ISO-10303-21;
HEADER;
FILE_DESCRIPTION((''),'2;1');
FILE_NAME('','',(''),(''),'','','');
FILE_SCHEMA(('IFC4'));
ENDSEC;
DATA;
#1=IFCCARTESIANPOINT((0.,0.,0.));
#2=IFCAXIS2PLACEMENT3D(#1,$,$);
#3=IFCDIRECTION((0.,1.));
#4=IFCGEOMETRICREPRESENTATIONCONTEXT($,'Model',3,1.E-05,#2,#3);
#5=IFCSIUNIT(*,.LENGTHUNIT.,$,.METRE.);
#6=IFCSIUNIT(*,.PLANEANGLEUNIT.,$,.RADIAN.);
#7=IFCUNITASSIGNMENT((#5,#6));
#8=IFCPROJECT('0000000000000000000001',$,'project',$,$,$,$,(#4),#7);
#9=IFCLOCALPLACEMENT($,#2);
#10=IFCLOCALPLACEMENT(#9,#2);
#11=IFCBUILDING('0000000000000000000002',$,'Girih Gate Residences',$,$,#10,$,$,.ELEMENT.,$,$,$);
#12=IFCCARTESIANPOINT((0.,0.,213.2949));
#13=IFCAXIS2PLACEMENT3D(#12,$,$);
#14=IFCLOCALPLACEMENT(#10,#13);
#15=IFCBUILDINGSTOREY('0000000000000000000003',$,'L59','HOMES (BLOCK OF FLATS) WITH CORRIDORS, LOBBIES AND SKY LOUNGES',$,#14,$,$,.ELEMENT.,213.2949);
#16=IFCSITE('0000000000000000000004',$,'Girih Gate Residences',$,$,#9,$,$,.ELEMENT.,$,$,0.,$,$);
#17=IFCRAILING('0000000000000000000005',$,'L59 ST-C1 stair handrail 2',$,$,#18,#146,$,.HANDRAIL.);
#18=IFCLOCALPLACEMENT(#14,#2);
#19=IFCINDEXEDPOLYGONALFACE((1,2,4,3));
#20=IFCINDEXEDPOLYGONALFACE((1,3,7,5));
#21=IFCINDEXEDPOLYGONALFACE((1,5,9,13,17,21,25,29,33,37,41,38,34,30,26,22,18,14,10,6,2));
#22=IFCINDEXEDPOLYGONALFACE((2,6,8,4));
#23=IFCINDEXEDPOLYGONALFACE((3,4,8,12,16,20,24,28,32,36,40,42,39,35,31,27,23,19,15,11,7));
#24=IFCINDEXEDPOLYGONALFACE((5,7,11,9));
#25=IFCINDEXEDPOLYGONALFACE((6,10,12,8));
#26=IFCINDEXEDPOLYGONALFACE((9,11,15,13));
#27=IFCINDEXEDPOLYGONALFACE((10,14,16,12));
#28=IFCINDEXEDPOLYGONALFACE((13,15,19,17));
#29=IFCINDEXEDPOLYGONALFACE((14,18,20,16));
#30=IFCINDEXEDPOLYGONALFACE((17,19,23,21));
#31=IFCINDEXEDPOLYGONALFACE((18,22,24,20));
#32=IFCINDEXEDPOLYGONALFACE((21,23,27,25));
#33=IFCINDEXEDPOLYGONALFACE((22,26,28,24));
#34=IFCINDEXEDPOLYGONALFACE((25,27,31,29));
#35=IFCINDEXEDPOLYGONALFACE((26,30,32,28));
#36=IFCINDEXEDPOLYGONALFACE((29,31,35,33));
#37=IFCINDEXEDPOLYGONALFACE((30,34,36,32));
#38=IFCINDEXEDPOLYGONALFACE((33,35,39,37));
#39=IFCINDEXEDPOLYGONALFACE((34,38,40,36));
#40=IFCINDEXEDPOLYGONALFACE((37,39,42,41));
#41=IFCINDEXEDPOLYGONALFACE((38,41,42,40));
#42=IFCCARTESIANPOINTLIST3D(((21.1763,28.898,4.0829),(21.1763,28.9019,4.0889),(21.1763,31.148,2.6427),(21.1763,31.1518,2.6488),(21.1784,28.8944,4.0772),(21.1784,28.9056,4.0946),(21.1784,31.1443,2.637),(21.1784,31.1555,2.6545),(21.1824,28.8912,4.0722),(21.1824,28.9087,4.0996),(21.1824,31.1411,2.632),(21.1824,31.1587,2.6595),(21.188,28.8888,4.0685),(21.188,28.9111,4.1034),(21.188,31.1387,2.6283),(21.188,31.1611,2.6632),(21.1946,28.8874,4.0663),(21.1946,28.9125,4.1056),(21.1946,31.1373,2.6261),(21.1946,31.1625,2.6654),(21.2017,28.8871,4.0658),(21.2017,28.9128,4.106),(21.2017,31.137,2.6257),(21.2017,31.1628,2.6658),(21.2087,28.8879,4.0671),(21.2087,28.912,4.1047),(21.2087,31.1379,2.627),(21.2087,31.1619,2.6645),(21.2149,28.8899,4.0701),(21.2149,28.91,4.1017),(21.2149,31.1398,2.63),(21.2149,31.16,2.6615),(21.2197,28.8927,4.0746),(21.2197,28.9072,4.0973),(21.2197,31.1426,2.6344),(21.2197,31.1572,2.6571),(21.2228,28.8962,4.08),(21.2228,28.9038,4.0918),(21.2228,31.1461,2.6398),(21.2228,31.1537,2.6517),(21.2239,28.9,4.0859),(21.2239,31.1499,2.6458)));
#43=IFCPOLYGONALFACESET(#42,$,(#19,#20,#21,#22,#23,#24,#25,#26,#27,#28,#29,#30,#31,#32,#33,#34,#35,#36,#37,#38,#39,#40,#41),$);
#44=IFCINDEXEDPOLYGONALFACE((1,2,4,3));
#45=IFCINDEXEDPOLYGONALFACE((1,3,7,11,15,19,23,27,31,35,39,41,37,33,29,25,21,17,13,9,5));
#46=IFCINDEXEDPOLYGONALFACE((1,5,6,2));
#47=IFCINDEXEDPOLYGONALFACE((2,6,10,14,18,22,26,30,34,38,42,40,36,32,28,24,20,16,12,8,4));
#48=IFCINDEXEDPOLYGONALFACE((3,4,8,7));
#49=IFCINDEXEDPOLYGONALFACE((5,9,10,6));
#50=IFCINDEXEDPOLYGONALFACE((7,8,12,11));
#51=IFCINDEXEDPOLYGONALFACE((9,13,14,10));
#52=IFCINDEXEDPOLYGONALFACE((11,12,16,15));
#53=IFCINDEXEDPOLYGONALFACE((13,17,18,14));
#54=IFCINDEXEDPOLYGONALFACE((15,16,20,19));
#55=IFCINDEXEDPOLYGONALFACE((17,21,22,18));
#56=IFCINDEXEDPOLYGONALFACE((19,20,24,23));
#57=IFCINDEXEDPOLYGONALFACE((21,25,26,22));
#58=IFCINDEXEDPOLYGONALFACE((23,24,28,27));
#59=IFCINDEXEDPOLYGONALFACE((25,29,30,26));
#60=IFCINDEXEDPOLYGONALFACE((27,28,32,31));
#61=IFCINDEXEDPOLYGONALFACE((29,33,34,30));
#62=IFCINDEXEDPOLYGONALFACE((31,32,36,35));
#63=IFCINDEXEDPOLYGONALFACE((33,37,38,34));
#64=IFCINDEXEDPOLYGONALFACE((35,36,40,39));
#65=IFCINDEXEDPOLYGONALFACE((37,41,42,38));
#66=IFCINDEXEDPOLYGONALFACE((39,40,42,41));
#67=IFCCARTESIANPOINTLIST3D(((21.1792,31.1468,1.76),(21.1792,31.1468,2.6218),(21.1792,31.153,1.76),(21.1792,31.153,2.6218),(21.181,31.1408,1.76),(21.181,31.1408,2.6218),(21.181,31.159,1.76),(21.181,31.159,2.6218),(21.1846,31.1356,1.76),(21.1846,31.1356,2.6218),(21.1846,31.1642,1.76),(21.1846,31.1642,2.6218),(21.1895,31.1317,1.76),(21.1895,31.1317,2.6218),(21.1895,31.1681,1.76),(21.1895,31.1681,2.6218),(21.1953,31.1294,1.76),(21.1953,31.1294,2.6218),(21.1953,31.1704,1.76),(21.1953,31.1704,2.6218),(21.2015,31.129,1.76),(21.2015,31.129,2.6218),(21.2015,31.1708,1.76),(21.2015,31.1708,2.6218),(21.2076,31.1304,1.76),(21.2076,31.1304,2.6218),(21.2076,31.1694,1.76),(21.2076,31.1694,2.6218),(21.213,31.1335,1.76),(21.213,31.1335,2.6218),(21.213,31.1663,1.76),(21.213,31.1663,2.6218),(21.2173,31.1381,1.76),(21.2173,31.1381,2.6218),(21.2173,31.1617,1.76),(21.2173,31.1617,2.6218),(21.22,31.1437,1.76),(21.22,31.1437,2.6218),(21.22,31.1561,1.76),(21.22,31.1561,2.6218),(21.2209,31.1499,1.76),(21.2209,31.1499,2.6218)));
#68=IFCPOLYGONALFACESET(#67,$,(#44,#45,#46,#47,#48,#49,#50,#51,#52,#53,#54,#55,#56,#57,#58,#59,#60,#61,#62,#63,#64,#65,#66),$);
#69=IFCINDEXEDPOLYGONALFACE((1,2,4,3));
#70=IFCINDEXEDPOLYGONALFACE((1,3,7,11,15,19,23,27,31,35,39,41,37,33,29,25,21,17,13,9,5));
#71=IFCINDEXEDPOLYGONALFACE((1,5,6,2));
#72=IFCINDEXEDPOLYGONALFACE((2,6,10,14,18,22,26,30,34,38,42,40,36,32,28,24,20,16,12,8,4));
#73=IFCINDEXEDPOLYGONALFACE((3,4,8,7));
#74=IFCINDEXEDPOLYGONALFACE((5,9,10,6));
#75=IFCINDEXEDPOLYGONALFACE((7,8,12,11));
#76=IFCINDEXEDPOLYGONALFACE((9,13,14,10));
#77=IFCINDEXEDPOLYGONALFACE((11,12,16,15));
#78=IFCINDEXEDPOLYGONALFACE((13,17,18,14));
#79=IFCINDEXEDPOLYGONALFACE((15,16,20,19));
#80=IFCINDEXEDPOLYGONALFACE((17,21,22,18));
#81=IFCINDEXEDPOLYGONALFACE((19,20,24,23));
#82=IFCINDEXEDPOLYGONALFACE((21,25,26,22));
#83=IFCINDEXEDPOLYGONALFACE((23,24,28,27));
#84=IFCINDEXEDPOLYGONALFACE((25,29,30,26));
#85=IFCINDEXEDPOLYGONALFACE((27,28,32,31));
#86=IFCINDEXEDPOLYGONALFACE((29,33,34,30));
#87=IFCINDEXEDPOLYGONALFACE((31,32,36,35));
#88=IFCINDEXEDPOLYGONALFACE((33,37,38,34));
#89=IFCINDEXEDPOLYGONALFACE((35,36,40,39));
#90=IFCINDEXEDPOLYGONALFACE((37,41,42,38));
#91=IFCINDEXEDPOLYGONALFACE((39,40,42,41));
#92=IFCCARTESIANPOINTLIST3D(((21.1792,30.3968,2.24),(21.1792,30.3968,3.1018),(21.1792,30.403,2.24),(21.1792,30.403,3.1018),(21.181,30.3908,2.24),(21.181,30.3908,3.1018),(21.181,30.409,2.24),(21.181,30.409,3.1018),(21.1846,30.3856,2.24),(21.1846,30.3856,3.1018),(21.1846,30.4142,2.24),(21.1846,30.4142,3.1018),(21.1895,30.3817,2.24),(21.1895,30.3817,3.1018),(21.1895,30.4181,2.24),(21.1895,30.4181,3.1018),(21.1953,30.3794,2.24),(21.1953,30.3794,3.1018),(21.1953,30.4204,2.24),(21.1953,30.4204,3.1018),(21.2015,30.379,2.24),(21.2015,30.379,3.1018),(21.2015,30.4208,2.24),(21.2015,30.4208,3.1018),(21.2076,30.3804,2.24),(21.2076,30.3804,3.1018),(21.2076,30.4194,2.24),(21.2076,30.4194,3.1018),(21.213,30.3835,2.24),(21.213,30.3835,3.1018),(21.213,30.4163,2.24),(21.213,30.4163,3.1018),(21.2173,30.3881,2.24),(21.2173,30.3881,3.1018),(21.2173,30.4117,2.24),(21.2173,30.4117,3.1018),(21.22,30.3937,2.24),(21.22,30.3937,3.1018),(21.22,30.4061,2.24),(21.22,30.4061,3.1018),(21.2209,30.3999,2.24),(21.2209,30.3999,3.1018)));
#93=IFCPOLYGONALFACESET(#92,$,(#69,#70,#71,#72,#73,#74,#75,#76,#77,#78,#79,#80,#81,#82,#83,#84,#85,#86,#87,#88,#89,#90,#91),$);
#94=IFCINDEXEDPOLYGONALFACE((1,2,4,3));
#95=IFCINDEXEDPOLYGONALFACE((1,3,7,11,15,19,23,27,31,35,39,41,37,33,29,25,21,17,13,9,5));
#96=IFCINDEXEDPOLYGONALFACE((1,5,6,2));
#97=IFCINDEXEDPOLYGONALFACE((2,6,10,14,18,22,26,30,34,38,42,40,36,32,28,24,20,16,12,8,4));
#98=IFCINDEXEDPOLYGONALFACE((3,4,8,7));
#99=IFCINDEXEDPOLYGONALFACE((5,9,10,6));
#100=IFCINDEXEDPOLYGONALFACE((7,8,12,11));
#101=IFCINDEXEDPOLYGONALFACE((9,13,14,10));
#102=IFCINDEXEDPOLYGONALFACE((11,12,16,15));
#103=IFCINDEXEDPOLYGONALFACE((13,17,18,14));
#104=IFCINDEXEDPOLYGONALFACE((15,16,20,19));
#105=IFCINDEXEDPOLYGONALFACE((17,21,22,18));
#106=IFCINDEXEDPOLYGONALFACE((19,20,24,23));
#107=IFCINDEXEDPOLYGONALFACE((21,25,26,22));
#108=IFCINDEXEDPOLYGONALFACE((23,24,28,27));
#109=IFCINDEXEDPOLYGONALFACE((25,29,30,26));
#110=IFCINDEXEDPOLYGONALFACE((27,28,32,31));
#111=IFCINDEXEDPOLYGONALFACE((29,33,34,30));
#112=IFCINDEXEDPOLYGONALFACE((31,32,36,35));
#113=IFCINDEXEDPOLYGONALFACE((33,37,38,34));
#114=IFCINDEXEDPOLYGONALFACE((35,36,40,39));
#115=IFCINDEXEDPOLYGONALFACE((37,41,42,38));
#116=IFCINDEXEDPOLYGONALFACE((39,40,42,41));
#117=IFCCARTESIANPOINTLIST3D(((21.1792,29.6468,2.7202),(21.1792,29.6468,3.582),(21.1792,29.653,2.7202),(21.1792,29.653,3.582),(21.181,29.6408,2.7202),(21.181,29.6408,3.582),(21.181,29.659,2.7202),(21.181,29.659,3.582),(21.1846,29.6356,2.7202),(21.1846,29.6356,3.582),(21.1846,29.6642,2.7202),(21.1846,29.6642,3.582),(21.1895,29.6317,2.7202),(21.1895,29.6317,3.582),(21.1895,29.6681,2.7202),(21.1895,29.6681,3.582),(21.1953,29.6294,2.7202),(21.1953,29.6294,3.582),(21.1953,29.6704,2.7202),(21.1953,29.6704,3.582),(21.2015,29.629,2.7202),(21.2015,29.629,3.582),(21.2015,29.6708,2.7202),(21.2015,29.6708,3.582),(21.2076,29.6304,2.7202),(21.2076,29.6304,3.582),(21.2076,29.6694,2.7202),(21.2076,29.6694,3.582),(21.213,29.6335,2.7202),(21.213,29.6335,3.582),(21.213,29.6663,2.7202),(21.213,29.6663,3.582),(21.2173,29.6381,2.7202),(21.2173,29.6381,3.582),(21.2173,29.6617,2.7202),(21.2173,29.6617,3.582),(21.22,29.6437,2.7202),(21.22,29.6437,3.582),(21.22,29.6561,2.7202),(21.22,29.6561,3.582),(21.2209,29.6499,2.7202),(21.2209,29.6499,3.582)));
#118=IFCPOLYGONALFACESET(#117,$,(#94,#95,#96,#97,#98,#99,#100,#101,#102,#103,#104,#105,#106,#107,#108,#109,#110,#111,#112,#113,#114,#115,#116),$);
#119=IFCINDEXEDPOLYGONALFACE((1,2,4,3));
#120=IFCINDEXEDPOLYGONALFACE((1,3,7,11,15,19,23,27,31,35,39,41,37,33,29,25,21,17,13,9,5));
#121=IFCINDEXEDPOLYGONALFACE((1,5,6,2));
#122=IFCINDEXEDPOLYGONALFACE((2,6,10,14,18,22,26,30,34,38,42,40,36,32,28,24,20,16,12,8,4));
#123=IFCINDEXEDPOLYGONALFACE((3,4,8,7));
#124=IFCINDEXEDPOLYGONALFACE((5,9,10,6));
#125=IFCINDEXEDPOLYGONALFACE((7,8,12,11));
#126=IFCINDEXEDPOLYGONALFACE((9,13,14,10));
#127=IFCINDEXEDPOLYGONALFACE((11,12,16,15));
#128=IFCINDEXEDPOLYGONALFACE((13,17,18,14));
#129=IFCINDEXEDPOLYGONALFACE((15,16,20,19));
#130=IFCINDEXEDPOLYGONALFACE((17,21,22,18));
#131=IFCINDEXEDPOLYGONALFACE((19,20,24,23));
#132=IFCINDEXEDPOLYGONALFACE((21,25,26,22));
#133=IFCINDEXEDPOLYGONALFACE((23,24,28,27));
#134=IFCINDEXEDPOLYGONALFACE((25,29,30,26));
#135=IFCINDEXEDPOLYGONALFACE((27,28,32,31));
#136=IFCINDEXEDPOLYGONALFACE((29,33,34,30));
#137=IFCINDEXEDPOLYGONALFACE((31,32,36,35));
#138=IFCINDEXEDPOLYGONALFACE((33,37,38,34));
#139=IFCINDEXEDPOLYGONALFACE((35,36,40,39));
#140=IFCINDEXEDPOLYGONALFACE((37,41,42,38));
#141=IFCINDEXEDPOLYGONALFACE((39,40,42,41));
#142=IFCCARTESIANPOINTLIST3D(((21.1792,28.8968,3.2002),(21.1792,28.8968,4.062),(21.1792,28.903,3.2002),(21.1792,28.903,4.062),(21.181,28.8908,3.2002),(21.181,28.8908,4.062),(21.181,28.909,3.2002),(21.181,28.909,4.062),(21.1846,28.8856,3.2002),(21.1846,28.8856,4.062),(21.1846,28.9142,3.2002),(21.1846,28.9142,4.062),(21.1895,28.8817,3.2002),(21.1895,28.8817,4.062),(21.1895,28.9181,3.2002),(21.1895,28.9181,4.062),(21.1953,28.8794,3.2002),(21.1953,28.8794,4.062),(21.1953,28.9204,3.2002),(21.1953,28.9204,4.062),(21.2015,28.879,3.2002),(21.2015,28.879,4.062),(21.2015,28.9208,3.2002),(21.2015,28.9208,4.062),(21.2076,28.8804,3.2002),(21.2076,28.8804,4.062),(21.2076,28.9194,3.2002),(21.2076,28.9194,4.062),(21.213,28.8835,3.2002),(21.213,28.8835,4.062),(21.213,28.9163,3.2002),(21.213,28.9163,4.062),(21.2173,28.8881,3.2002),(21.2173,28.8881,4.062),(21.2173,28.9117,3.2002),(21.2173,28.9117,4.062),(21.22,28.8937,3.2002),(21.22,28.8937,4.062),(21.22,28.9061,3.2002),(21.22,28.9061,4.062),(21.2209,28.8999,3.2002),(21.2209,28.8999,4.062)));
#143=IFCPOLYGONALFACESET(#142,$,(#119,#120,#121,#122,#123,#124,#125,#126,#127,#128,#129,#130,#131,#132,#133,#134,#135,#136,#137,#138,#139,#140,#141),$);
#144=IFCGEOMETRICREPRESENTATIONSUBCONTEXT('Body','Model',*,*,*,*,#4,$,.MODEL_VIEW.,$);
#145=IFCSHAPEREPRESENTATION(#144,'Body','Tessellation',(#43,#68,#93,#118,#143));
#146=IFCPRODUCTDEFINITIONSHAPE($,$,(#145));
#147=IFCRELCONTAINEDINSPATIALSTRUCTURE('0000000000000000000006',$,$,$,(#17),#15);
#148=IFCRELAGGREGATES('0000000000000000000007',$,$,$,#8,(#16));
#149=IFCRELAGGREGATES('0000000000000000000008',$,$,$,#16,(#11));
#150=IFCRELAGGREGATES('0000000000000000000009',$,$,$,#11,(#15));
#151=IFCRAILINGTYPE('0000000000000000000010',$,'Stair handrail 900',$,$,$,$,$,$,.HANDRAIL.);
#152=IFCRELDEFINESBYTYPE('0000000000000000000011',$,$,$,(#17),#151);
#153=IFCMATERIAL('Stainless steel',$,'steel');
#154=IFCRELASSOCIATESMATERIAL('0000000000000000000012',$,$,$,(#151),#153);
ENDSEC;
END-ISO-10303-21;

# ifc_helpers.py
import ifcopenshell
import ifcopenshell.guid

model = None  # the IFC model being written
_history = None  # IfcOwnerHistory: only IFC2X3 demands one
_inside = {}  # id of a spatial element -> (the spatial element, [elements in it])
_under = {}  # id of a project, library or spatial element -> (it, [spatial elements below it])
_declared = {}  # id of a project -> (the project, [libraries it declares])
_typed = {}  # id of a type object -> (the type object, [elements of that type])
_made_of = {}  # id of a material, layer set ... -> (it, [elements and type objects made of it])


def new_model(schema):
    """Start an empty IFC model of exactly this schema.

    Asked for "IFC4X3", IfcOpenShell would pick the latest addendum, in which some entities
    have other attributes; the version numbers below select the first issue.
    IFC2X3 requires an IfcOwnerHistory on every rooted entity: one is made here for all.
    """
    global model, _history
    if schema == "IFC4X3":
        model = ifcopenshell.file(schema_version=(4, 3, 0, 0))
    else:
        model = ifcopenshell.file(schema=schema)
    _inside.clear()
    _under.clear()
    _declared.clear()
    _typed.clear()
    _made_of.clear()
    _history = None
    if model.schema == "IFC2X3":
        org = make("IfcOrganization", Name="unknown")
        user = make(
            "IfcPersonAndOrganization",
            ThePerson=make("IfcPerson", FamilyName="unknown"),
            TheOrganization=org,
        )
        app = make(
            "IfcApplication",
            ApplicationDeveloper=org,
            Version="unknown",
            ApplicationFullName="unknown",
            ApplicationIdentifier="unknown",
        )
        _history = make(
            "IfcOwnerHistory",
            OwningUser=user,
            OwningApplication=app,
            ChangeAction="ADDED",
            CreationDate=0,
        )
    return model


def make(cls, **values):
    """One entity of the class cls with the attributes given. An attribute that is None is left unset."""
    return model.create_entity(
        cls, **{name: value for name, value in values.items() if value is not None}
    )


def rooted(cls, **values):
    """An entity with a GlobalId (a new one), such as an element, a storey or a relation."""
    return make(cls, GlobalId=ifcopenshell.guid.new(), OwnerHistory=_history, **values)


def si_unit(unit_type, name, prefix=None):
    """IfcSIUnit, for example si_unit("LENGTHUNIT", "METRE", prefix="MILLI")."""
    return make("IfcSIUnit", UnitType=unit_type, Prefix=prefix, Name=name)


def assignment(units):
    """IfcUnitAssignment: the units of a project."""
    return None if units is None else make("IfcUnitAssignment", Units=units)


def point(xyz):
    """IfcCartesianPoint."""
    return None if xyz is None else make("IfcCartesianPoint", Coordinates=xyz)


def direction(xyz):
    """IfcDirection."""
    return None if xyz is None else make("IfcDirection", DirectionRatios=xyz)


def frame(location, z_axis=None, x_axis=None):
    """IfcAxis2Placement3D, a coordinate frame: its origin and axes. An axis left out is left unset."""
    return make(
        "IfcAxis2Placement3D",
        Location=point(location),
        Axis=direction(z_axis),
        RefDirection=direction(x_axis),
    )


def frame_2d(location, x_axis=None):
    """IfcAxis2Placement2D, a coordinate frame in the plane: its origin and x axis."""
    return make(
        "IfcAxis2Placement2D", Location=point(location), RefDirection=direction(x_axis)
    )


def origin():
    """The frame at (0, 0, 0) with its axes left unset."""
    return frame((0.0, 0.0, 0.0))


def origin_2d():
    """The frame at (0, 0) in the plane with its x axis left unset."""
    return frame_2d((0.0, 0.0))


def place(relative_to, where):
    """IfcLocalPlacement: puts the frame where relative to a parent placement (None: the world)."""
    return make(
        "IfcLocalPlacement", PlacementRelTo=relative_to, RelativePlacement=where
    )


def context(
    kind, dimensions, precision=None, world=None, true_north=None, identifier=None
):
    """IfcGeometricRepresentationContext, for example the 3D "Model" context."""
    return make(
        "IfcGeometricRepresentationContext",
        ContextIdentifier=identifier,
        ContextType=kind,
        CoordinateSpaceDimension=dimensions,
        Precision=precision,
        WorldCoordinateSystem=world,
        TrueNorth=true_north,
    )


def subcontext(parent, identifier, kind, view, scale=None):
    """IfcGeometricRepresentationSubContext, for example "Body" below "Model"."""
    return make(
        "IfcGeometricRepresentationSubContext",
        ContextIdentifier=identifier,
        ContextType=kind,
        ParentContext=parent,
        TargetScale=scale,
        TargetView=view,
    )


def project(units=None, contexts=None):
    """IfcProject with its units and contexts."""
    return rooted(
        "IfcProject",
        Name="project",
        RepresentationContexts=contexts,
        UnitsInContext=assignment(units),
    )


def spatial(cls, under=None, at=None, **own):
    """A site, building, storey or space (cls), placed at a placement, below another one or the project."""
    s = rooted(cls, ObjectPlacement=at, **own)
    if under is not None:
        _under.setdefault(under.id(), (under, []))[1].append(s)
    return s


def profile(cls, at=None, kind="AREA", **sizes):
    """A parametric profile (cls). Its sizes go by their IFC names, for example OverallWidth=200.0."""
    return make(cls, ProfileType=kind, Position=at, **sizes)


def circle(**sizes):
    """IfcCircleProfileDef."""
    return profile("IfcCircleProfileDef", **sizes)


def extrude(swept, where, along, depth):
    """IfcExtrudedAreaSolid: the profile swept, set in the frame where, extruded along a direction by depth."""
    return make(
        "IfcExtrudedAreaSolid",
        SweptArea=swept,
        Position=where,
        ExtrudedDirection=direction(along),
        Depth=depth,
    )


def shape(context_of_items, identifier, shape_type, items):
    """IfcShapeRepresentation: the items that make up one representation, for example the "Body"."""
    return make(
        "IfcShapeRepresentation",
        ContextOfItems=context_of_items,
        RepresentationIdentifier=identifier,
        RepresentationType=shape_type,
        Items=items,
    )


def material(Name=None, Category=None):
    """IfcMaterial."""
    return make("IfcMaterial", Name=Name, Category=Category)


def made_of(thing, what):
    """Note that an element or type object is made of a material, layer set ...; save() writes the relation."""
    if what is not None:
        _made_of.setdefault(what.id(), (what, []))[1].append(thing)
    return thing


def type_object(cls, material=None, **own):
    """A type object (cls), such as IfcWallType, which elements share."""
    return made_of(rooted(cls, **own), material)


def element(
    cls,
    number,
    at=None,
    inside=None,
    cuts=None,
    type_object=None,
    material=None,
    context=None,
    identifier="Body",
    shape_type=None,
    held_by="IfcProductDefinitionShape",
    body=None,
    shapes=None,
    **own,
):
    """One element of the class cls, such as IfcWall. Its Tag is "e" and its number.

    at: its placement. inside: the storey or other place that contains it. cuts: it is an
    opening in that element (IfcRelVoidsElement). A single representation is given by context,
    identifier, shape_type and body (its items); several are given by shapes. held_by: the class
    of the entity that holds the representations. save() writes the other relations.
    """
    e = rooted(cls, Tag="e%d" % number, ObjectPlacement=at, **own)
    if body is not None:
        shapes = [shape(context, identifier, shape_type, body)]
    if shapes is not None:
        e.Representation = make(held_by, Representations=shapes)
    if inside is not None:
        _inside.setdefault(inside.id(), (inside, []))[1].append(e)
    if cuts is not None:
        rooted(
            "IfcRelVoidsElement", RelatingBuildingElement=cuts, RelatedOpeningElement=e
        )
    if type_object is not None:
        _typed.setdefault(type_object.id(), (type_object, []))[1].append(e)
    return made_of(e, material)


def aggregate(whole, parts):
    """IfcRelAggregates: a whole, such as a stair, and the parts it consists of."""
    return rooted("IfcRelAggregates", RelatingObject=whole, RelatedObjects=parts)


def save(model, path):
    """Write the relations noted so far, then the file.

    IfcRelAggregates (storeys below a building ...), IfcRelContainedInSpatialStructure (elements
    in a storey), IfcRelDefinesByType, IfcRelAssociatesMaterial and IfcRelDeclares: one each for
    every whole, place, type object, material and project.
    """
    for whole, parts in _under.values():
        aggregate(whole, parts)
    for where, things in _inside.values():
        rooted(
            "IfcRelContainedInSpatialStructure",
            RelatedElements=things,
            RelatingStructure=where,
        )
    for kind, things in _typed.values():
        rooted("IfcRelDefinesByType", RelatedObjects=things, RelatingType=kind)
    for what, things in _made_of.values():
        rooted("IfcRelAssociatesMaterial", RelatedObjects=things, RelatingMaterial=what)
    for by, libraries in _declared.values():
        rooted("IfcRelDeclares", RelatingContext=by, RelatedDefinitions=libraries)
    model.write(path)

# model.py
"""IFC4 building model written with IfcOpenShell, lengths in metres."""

from ifc_helpers import new_model, si_unit, direction, frame, origin, origin_2d, place, context, subcontext, project, spatial, circle, extrude, material, type_object, element, save


model = new_model("IFC4")

# Units and contexts
model_context = context("Model", 3, precision=1e-05, world=origin(), true_north=direction((0.0, 1.0)))
body_context = subcontext(model_context, "Body", "Model", "MODEL_VIEW")
ifc_project = project(units=[si_unit("LENGTHUNIT", "METRE"), si_unit("PLANEANGLEUNIT", "RADIAN")], contexts=[model_context])

# Site, building, storey
site_placement = place(None, origin())
site = spatial("IfcSite", under=ifc_project, at=site_placement, Name="Girih Gate Residences", CompositionType="ELEMENT", RefElevation=0.0)
building_placement = place(site_placement, origin())
building = spatial("IfcBuilding", under=site, at=building_placement, Name="Girih Gate Residences", CompositionType="ELEMENT")
storey_placement = place(building_placement, frame((0.0, 0.0, 213.2949)))
storey = spatial("IfcBuildingStorey", under=building, at=storey_placement, Name="L59", Description="HOMES (BLOCK OF FLATS) WITH CORRIDORS, LOBBIES AND SKY LOUNGES", CompositionType="ELEMENT", Elevation=213.2949)

# Railing
ifc_material_1 = material(Name="Stainless steel", Category="steel")
railing_type_1 = type_object("IfcRailingType", Name="Stair handrail 900", PredefinedType="HANDRAIL", material=ifc_material_1)
railing_1_placement = place(storey_placement, frame((21.2, 31.1499, 1.76)))
element("IfcRailing", 1, at=railing_1_placement, inside=storey, type_object=railing_type_1, Name="L59 ST-C1 stair handrail 2", PredefinedType="HANDRAIL", context=body_context, shape_type="SweptSolid", body=[
    extrude(circle(Radius=0.0239, at=origin_2d()), frame((0.0, 0.0, 0.8857), z_axis=(0.0, -0.84224, 0.539103), x_axis=(1.0, 0.0, 0.0)), (0.0, 0.0, 1.0), 2.6714),
    extrude(circle(Radius=0.021, at=origin_2d()), origin(), (0.0, 0.0, 1.0), 0.8618),
    extrude(circle(Radius=0.021, at=origin_2d()), frame((0.0, -0.75, 0.48)), (0.0, 0.0, 1.0), 0.8618),
    extrude(circle(Radius=0.021, at=origin_2d()), frame((0.0, -1.5, 0.9602)), (0.0, 0.0, 1.0), 0.8618),
    extrude(circle(Radius=0.021, at=origin_2d()), frame((0.0, -2.25, 1.4402)), (0.0, 0.0, 1.0), 0.8618),
])

save(model, "model.ifc")
